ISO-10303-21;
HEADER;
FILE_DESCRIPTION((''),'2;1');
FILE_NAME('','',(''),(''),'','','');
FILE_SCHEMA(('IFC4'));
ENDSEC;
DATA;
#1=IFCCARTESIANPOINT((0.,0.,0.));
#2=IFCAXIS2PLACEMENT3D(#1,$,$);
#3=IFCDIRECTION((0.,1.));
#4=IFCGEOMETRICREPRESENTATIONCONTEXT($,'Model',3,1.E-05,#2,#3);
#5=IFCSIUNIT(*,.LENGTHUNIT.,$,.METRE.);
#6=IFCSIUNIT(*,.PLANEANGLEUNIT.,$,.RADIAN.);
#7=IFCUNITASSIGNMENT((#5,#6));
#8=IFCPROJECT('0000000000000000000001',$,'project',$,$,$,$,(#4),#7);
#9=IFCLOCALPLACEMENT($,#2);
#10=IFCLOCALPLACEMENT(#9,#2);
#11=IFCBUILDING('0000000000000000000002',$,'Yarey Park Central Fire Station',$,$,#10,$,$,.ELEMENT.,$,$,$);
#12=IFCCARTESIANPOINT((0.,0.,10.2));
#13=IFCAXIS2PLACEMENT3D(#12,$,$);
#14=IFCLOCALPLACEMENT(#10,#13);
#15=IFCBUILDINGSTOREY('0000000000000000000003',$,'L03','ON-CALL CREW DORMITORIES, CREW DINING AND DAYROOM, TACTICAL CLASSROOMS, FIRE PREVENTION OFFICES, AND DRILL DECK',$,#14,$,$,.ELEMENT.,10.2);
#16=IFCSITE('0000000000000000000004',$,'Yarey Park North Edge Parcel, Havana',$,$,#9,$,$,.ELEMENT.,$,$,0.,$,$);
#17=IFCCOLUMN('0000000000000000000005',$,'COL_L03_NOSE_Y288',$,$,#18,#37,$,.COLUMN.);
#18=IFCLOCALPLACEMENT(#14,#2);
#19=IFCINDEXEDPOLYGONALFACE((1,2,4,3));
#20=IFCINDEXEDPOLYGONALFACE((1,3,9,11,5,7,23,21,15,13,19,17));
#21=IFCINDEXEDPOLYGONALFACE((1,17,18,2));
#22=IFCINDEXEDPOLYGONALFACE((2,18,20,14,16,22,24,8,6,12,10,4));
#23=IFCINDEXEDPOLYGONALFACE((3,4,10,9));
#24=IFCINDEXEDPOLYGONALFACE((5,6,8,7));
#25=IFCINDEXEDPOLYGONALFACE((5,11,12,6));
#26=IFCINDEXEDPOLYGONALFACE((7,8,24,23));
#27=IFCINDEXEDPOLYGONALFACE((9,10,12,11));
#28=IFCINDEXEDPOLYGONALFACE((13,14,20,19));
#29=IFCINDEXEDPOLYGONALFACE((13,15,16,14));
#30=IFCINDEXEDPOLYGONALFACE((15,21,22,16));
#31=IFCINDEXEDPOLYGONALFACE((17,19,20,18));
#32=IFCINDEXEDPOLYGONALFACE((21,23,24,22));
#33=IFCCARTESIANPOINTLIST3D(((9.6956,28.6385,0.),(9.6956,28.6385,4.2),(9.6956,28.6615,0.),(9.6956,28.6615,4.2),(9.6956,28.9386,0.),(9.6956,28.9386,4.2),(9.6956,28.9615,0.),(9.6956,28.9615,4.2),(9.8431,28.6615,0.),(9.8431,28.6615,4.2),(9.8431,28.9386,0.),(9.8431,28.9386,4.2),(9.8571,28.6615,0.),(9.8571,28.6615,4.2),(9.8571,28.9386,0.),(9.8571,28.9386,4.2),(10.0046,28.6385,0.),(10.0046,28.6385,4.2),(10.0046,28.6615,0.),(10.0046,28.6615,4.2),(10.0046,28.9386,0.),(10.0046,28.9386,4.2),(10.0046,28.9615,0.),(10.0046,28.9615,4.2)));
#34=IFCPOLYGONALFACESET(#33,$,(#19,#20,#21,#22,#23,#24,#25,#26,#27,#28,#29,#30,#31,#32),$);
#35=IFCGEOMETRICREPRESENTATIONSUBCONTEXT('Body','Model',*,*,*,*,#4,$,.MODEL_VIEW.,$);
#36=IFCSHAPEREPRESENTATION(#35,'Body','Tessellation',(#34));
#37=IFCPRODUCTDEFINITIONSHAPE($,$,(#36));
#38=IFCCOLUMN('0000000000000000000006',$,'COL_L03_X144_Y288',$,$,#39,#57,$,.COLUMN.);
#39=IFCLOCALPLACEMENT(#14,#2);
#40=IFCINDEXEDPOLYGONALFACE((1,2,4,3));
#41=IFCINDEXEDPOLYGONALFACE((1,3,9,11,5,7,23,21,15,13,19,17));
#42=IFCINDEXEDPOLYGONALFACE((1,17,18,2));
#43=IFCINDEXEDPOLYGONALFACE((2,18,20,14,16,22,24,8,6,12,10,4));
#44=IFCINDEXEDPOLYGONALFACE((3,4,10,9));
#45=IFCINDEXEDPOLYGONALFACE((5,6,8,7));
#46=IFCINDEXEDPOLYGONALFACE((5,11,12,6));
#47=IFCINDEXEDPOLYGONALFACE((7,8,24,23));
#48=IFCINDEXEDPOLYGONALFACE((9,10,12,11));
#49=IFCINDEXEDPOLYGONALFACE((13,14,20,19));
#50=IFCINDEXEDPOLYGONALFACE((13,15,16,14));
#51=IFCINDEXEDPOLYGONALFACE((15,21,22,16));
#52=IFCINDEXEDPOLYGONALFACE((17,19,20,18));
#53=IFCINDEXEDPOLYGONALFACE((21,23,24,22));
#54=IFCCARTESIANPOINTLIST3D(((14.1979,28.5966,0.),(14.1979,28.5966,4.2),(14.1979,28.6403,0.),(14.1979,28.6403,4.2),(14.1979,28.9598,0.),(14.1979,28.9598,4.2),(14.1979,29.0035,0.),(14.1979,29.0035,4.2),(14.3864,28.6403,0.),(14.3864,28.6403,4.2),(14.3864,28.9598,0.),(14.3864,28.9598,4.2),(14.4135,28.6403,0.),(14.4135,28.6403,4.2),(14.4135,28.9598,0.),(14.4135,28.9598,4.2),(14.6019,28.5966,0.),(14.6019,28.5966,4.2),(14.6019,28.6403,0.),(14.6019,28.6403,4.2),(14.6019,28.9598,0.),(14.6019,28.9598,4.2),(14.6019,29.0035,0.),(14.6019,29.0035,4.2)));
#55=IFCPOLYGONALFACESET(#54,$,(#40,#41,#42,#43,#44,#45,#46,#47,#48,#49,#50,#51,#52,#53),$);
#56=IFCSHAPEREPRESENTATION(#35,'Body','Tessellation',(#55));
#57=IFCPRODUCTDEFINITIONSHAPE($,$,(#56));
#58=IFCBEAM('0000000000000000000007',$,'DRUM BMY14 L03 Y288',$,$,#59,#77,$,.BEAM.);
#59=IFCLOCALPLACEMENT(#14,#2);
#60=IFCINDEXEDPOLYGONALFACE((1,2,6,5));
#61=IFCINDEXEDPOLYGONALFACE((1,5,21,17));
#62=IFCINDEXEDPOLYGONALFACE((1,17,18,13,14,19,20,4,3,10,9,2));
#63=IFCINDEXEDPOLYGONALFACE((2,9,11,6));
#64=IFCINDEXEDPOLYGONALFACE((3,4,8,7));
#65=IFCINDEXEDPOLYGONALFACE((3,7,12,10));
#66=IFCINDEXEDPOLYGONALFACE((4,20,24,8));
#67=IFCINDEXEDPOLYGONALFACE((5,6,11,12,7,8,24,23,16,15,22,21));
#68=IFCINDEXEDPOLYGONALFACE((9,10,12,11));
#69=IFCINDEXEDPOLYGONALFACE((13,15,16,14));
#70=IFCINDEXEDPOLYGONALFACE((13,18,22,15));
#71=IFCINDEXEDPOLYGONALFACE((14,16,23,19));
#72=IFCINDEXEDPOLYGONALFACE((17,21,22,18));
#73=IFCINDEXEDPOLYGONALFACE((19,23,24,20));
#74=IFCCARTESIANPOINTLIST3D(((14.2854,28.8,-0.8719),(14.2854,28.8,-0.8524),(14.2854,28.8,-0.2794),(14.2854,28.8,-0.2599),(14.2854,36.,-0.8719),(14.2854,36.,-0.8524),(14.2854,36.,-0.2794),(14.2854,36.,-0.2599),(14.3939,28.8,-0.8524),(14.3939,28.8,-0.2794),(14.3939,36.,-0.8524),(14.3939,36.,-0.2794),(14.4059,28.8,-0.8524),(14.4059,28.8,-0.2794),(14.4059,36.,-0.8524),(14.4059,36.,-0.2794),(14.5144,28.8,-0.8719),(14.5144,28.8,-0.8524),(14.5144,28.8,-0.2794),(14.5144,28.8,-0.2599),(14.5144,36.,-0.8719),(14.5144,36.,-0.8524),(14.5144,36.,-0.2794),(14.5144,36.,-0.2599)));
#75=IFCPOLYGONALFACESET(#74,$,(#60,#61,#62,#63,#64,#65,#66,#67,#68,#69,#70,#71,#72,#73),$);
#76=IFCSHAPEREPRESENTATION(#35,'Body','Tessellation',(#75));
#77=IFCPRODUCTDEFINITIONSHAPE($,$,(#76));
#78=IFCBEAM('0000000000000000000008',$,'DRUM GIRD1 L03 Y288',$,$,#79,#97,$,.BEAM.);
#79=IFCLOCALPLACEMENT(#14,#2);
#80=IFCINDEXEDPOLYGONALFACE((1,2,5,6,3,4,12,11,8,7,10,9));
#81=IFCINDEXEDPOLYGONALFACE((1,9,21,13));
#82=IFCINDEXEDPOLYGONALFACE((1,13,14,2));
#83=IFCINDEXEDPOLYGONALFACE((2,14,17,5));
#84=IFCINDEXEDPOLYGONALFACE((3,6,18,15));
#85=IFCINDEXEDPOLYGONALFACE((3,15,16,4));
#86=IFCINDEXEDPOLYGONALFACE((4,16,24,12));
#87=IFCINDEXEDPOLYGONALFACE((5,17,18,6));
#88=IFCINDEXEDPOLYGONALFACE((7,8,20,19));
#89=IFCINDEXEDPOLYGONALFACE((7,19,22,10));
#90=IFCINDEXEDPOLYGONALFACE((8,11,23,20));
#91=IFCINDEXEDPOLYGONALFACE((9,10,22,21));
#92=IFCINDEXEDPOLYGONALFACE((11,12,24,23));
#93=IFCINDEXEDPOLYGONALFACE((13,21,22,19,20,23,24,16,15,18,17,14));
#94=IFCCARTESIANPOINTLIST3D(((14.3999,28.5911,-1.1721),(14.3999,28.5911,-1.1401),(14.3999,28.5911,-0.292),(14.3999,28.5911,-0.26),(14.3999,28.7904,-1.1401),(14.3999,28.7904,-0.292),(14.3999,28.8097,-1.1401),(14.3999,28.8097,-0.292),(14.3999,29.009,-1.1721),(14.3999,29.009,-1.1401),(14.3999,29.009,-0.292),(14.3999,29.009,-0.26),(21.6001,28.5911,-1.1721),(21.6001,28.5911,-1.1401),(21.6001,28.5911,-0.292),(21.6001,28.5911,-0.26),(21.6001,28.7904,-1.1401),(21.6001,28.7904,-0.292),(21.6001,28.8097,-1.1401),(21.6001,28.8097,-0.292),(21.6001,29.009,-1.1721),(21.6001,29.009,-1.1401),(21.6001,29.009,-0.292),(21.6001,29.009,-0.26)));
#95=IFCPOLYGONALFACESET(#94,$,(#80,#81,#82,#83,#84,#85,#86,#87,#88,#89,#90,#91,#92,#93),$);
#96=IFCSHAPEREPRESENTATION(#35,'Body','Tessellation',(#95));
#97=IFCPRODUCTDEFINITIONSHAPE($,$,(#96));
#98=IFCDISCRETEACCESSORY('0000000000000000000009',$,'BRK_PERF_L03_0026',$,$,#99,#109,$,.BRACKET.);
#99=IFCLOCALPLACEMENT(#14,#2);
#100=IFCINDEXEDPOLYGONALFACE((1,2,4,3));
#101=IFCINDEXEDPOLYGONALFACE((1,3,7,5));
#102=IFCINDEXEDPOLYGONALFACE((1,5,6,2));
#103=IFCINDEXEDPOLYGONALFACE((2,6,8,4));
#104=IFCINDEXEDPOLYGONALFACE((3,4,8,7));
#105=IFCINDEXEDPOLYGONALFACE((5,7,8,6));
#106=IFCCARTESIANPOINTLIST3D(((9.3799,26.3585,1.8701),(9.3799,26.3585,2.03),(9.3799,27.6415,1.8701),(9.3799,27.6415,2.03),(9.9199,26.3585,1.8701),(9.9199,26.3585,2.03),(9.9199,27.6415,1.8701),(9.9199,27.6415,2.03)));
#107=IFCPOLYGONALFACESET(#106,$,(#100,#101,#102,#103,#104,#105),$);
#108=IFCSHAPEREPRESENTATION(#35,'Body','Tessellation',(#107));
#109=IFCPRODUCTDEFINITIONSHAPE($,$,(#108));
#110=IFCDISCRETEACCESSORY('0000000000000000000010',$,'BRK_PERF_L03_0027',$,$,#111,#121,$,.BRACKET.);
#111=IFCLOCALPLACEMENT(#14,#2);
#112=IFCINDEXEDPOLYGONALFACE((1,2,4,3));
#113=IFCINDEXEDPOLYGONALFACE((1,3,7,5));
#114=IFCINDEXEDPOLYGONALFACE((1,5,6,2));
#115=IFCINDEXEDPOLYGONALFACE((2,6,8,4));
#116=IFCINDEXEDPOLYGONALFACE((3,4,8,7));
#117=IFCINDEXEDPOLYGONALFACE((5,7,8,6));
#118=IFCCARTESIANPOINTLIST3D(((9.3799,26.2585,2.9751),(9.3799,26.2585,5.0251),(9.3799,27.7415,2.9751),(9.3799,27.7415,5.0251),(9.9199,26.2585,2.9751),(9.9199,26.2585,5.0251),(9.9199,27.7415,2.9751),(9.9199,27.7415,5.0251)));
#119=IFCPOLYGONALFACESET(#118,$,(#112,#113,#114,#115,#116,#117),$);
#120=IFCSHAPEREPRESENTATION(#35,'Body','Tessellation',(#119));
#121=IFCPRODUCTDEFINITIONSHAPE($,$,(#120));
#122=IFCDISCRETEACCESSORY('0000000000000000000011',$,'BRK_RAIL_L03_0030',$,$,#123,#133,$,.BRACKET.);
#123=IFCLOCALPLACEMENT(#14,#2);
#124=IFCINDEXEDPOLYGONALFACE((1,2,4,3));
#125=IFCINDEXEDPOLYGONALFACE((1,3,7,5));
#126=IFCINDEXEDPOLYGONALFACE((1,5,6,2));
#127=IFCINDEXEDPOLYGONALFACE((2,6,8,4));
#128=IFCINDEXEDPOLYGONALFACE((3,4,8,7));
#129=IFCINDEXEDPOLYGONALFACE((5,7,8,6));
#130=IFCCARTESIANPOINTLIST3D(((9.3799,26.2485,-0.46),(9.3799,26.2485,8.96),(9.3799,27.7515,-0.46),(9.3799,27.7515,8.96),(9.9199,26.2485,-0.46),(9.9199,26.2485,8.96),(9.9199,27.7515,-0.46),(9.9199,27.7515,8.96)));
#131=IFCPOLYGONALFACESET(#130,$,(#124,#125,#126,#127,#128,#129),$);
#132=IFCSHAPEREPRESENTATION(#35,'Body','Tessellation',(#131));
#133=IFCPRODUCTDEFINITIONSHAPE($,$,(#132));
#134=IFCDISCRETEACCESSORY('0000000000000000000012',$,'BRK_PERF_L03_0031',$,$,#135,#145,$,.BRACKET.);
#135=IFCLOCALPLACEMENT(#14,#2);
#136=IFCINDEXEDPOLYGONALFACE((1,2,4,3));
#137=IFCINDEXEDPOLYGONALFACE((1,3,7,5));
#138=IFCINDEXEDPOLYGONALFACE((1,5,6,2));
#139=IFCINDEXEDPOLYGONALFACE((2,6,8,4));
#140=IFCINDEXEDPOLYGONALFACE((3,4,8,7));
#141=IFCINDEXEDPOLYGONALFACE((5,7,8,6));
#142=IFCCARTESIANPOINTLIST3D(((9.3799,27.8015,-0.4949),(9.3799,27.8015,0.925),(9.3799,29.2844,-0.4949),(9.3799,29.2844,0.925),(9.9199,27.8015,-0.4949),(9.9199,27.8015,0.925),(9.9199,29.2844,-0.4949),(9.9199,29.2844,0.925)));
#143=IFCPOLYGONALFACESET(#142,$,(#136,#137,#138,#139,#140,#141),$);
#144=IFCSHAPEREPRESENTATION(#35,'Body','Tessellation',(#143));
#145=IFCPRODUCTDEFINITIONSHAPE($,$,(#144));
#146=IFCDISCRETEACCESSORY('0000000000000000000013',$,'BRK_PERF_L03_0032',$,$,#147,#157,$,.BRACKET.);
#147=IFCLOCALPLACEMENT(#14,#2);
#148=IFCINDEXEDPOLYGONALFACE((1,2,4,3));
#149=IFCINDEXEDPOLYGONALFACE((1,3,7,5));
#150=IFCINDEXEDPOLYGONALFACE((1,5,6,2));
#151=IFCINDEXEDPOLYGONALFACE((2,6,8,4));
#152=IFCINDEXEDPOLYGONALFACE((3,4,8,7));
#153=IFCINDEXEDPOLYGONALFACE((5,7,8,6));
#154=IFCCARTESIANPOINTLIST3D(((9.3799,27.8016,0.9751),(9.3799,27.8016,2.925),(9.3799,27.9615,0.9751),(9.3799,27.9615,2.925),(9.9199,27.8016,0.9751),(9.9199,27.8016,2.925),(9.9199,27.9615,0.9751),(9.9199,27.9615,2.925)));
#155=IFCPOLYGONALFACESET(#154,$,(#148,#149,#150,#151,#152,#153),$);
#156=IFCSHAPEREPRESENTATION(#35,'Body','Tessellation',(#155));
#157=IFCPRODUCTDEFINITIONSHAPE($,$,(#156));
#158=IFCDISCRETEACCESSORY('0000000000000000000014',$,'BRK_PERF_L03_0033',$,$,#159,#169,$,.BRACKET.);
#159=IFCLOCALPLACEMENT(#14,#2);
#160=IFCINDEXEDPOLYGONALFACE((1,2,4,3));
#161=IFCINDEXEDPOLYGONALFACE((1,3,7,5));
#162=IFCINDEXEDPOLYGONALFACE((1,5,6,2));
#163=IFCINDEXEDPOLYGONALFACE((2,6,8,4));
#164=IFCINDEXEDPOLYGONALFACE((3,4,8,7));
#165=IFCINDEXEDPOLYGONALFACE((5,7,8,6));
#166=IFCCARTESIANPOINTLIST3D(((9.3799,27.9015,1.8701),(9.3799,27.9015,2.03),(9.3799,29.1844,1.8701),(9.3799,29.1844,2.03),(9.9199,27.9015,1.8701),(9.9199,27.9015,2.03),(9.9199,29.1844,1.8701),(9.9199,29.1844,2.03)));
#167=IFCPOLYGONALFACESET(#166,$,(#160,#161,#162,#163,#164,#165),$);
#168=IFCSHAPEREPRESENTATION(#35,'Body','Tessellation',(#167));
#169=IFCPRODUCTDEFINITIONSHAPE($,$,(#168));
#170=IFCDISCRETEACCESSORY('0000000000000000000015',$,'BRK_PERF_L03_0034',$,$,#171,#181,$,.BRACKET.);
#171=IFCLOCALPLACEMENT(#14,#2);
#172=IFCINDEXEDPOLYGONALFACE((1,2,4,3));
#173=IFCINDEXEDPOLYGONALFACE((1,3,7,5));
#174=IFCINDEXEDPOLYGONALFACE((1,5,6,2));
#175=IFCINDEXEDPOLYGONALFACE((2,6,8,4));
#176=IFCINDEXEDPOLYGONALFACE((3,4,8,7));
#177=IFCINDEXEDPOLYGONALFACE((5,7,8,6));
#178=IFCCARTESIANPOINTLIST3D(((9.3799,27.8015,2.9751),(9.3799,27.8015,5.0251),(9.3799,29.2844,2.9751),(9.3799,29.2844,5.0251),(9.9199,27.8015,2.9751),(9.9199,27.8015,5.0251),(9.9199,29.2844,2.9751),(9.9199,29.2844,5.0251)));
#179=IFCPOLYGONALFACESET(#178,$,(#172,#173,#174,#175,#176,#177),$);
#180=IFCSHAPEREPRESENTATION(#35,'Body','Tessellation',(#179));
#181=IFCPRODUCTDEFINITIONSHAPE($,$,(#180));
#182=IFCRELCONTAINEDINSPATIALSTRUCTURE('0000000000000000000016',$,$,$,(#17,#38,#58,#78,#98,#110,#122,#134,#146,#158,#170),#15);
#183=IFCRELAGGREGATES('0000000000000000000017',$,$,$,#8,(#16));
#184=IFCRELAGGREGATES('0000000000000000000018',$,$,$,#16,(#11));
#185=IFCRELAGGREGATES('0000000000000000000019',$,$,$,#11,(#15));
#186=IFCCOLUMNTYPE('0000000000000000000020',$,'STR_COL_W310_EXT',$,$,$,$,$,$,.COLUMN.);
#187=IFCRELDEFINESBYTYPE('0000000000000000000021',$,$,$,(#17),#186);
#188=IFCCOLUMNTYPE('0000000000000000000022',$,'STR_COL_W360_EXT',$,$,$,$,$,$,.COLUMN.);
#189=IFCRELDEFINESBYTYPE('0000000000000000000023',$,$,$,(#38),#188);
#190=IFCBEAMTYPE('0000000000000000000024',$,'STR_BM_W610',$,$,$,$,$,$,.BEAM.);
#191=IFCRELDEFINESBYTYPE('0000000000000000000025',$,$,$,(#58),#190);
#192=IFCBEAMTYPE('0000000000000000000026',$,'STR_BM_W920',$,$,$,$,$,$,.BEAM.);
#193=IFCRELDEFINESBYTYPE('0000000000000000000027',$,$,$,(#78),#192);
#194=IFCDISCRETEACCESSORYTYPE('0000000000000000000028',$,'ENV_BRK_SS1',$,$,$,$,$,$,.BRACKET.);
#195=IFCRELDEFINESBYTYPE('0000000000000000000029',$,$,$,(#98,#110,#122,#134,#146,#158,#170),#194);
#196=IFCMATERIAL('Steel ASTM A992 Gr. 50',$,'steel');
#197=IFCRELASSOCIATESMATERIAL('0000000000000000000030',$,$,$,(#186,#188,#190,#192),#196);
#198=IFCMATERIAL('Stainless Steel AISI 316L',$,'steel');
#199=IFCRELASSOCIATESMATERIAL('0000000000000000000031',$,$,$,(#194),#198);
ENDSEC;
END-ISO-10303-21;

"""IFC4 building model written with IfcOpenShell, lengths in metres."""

from ifc_helpers import new_model, si_unit, direction, frame, origin, origin_2d, place, context, subcontext, project, spatial, rectangle, i_section, extrude, material, material_profile, profile_set, type_object, element, save


model = new_model("IFC4")

# Units and contexts
model_context = context("Model", 3, precision=1e-05, world=origin(), true_north=direction((0.0, 1.0)))
body_context = subcontext(model_context, "Body", "Model", "MODEL_VIEW")
ifc_project = project(units=[si_unit("LENGTHUNIT", "METRE"), si_unit("PLANEANGLEUNIT", "RADIAN")], contexts=[model_context])

# Site, building, storey
site_placement = place(None, origin())
site = spatial("IfcSite", under=ifc_project, at=site_placement, Name="Yarey Park North Edge Parcel, Havana", CompositionType="ELEMENT", RefElevation=0.0)
building_placement = place(site_placement, origin())
building = spatial("IfcBuilding", under=site, at=building_placement, Name="Yarey Park Central Fire Station", CompositionType="ELEMENT")
storey_placement = place(building_placement, frame((0.0, 0.0, 10.2)))
storey = spatial("IfcBuildingStorey", under=building, at=storey_placement, Name="L03", Description="ON-CALL CREW DORMITORIES, CREW DINING AND DAYROOM, TACTICAL CLASSROOMS, FIRE PREVENTION OFFICES, AND DRILL DECK", CompositionType="ELEMENT", Elevation=10.2)

# Columns
ifc_material_1 = material(Name="Steel ASTM A992 Gr. 50", Category="steel")
ifc_material_profile_1 = material_profile(ifc_material_1, i_section(OverallWidth=0.3091, OverallDepth=0.323, WebThickness=0.0139, FlangeThickness=0.0229, at=origin_2d()), Name="W310x143")
ifc_profile_set_1 = profile_set([ifc_material_profile_1], Name="Steel ASTM A992 Gr. 50")
column_type_1 = type_object("IfcColumnType", Name="STR_COL_W310_EXT", PredefinedType="COLUMN", material=ifc_profile_set_1)
column_1_placement = place(storey_placement, frame((9.8501, 28.8, 0.0), z_axis=(0.0, 0.0, 1.0), x_axis=(1.0, 0.0, 0.0)))
element("IfcColumn", 1, at=column_1_placement, inside=storey, type_object=column_type_1, Name="COL_L03_NOSE_Y288", PredefinedType="COLUMN", context=body_context, shape_type="SweptSolid", body=[
    extrude(i_section(OverallWidth=0.3091, OverallDepth=0.323, WebThickness=0.0139, FlangeThickness=0.0229, at=origin_2d()), origin(), (0.0, 0.0, 1.0), 4.2),
])
ifc_material_profile_2 = material_profile(ifc_material_1, i_section(OverallWidth=0.4041, OverallDepth=0.407, WebThickness=0.0271, FlangeThickness=0.0437, at=origin_2d()), Name="W360x347")
ifc_profile_set_2 = profile_set([ifc_material_profile_2], Name="Steel ASTM A992 Gr. 50")
column_type_2 = type_object("IfcColumnType", Name="STR_COL_W360_EXT", PredefinedType="COLUMN", material=ifc_profile_set_2)
column_2_placement = place(storey_placement, frame((14.3999, 28.8, 0.0), z_axis=(0.0, 0.0, 1.0), x_axis=(1.0, 0.0, 0.0)))
element("IfcColumn", 2, at=column_2_placement, inside=storey, type_object=column_type_2, Name="COL_L03_X144_Y288", PredefinedType="COLUMN", context=body_context, shape_type="SweptSolid", body=[
    extrude(i_section(OverallWidth=0.4041, OverallDepth=0.407, WebThickness=0.0271, FlangeThickness=0.0437, at=origin_2d()), origin(), (0.0, 0.0, 1.0), 4.2),
])

# Beams
ifc_material_profile_3 = material_profile(ifc_material_1, i_section(OverallWidth=0.229, OverallDepth=0.6121, WebThickness=0.012, FlangeThickness=0.0195, at=origin_2d()), Name="W610x125")
ifc_profile_set_3 = profile_set([ifc_material_profile_3], Name="Steel ASTM A992 Gr. 50")
beam_type_1 = type_object("IfcBeamType", Name="STR_BM_W610", PredefinedType="BEAM", material=ifc_profile_set_3)
beam_1_placement = place(storey_placement, frame((14.3999, 28.8, -0.5659), z_axis=(0.0, 1.0, 0.0), x_axis=(-1.0, 0.0, 0.0)))
element("IfcBeam", 3, at=beam_1_placement, inside=storey, type_object=beam_type_1, Name="DRUM BMY14 L03 Y288", PredefinedType="BEAM", context=body_context, shape_type="SweptSolid", body=[
    extrude(i_section(OverallWidth=0.229, OverallDepth=0.6121, WebThickness=0.012, FlangeThickness=0.0195, at=origin_2d()), origin(), (0.0, 0.0, 1.0), 7.2),
])
ifc_material_profile_4 = material_profile(ifc_material_1, i_section(OverallWidth=0.418, OverallDepth=0.9121, WebThickness=0.0193, FlangeThickness=0.032, at=origin_2d()), Name="W920x342")
ifc_profile_set_4 = profile_set([ifc_material_profile_4], Name="Steel ASTM A992 Gr. 50")
beam_type_2 = type_object("IfcBeamType", Name="STR_BM_W920", PredefinedType="BEAM", material=ifc_profile_set_4)
beam_2_placement = place(storey_placement, frame((14.3999, 28.8, -0.7161), z_axis=(1.0, 0.0, 0.0), x_axis=(0.0, 1.0, 0.0)))
element("IfcBeam", 4, at=beam_2_placement, inside=storey, type_object=beam_type_2, Name="DRUM GIRD1 L03 Y288", PredefinedType="BEAM", context=body_context, shape_type="SweptSolid", body=[
    extrude(i_section(OverallWidth=0.418, OverallDepth=0.9121, WebThickness=0.0193, FlangeThickness=0.032, at=origin_2d()), origin(), (0.0, 0.0, 1.0), 7.2002),
])

# Discrete accessories
ifc_material_2 = material(Name="Stainless Steel AISI 316L", Category="steel")
discrete_accessory_type = type_object("IfcDiscreteAccessoryType", Name="ENV_BRK_SS1", PredefinedType="BRACKET", material=ifc_material_2)
discrete_accessory_1_placement = place(storey_placement, frame((9.6499, 27.0, 1.8701), z_axis=(0.0, 0.0, 1.0), x_axis=(1.0, 0.0, 0.0)))
element("IfcDiscreteAccessory", 5, at=discrete_accessory_1_placement, inside=storey, type_object=discrete_accessory_type, Name="BRK_PERF_L03_0026", PredefinedType="BRACKET", context=body_context, shape_type="SweptSolid", body=[
    extrude(rectangle(XDim=0.54, YDim=1.283, at=origin_2d()), origin(), (0.0, 0.0, 1.0), 0.1599),
])
discrete_accessory_2_placement = place(storey_placement, frame((9.6499, 27.0, 2.9751), z_axis=(0.0, 0.0, 1.0), x_axis=(1.0, 0.0, 0.0)))
element("IfcDiscreteAccessory", 6, at=discrete_accessory_2_placement, inside=storey, type_object=discrete_accessory_type, Name="BRK_PERF_L03_0027", PredefinedType="BRACKET", context=body_context, shape_type="SweptSolid", body=[
    extrude(rectangle(XDim=0.54, YDim=1.4829, at=origin_2d()), origin(), (0.0, 0.0, 1.0), 2.05),
])
discrete_accessory_3_placement = place(storey_placement, frame((9.6499, 27.0, -0.46), z_axis=(0.0, 0.0, 1.0), x_axis=(1.0, 0.0, 0.0)))
element("IfcDiscreteAccessory", 7, at=discrete_accessory_3_placement, inside=storey, type_object=discrete_accessory_type, Name="BRK_RAIL_L03_0030", PredefinedType="BRACKET", context=body_context, shape_type="SweptSolid", body=[
    extrude(rectangle(XDim=0.54, YDim=1.5029, at=origin_2d()), origin(), (0.0, 0.0, 1.0), 9.4199),
])
discrete_accessory_4_placement = place(storey_placement, frame((9.6499, 28.543, -0.4949), z_axis=(0.0, 0.0, 1.0), x_axis=(1.0, 0.0, 0.0)))
element("IfcDiscreteAccessory", 8, at=discrete_accessory_4_placement, inside=storey, type_object=discrete_accessory_type, Name="BRK_PERF_L03_0031", PredefinedType="BRACKET", context=body_context, shape_type="SweptSolid", body=[
    extrude(rectangle(XDim=0.54, YDim=1.4829, at=origin_2d()), origin(), (0.0, 0.0, 1.0), 1.4199),
])
discrete_accessory_5_placement = place(storey_placement, frame((9.6499, 27.8816, 0.9751), z_axis=(0.0, 0.0, 1.0), x_axis=(1.0, 0.0, 0.0)))
element("IfcDiscreteAccessory", 9, at=discrete_accessory_5_placement, inside=storey, type_object=discrete_accessory_type, Name="BRK_PERF_L03_0032", PredefinedType="BRACKET", context=body_context, shape_type="SweptSolid", body=[
    extrude(rectangle(XDim=0.54, YDim=0.1599, at=origin_2d()), origin(), (0.0, 0.0, 1.0), 1.95),
])
discrete_accessory_6_placement = place(storey_placement, frame((9.6499, 28.543, 1.8701), z_axis=(0.0, 0.0, 1.0), x_axis=(1.0, 0.0, 0.0)))
element("IfcDiscreteAccessory", 10, at=discrete_accessory_6_placement, inside=storey, type_object=discrete_accessory_type, Name="BRK_PERF_L03_0033", PredefinedType="BRACKET", context=body_context, shape_type="SweptSolid", body=[
    extrude(rectangle(XDim=0.54, YDim=1.283, at=origin_2d()), origin(), (0.0, 0.0, 1.0), 0.1599),
])
discrete_accessory_7_placement = place(storey_placement, frame((9.6499, 28.543, 2.9751), z_axis=(0.0, 0.0, 1.0), x_axis=(1.0, 0.0, 0.0)))
element("IfcDiscreteAccessory", 11, at=discrete_accessory_7_placement, inside=storey, type_object=discrete_accessory_type, Name="BRK_PERF_L03_0034", PredefinedType="BRACKET", context=body_context, shape_type="SweptSolid", body=[
    extrude(rectangle(XDim=0.54, YDim=1.4829, at=origin_2d()), origin(), (0.0, 0.0, 1.0), 2.05),
])

save(model, "model.ifc")
